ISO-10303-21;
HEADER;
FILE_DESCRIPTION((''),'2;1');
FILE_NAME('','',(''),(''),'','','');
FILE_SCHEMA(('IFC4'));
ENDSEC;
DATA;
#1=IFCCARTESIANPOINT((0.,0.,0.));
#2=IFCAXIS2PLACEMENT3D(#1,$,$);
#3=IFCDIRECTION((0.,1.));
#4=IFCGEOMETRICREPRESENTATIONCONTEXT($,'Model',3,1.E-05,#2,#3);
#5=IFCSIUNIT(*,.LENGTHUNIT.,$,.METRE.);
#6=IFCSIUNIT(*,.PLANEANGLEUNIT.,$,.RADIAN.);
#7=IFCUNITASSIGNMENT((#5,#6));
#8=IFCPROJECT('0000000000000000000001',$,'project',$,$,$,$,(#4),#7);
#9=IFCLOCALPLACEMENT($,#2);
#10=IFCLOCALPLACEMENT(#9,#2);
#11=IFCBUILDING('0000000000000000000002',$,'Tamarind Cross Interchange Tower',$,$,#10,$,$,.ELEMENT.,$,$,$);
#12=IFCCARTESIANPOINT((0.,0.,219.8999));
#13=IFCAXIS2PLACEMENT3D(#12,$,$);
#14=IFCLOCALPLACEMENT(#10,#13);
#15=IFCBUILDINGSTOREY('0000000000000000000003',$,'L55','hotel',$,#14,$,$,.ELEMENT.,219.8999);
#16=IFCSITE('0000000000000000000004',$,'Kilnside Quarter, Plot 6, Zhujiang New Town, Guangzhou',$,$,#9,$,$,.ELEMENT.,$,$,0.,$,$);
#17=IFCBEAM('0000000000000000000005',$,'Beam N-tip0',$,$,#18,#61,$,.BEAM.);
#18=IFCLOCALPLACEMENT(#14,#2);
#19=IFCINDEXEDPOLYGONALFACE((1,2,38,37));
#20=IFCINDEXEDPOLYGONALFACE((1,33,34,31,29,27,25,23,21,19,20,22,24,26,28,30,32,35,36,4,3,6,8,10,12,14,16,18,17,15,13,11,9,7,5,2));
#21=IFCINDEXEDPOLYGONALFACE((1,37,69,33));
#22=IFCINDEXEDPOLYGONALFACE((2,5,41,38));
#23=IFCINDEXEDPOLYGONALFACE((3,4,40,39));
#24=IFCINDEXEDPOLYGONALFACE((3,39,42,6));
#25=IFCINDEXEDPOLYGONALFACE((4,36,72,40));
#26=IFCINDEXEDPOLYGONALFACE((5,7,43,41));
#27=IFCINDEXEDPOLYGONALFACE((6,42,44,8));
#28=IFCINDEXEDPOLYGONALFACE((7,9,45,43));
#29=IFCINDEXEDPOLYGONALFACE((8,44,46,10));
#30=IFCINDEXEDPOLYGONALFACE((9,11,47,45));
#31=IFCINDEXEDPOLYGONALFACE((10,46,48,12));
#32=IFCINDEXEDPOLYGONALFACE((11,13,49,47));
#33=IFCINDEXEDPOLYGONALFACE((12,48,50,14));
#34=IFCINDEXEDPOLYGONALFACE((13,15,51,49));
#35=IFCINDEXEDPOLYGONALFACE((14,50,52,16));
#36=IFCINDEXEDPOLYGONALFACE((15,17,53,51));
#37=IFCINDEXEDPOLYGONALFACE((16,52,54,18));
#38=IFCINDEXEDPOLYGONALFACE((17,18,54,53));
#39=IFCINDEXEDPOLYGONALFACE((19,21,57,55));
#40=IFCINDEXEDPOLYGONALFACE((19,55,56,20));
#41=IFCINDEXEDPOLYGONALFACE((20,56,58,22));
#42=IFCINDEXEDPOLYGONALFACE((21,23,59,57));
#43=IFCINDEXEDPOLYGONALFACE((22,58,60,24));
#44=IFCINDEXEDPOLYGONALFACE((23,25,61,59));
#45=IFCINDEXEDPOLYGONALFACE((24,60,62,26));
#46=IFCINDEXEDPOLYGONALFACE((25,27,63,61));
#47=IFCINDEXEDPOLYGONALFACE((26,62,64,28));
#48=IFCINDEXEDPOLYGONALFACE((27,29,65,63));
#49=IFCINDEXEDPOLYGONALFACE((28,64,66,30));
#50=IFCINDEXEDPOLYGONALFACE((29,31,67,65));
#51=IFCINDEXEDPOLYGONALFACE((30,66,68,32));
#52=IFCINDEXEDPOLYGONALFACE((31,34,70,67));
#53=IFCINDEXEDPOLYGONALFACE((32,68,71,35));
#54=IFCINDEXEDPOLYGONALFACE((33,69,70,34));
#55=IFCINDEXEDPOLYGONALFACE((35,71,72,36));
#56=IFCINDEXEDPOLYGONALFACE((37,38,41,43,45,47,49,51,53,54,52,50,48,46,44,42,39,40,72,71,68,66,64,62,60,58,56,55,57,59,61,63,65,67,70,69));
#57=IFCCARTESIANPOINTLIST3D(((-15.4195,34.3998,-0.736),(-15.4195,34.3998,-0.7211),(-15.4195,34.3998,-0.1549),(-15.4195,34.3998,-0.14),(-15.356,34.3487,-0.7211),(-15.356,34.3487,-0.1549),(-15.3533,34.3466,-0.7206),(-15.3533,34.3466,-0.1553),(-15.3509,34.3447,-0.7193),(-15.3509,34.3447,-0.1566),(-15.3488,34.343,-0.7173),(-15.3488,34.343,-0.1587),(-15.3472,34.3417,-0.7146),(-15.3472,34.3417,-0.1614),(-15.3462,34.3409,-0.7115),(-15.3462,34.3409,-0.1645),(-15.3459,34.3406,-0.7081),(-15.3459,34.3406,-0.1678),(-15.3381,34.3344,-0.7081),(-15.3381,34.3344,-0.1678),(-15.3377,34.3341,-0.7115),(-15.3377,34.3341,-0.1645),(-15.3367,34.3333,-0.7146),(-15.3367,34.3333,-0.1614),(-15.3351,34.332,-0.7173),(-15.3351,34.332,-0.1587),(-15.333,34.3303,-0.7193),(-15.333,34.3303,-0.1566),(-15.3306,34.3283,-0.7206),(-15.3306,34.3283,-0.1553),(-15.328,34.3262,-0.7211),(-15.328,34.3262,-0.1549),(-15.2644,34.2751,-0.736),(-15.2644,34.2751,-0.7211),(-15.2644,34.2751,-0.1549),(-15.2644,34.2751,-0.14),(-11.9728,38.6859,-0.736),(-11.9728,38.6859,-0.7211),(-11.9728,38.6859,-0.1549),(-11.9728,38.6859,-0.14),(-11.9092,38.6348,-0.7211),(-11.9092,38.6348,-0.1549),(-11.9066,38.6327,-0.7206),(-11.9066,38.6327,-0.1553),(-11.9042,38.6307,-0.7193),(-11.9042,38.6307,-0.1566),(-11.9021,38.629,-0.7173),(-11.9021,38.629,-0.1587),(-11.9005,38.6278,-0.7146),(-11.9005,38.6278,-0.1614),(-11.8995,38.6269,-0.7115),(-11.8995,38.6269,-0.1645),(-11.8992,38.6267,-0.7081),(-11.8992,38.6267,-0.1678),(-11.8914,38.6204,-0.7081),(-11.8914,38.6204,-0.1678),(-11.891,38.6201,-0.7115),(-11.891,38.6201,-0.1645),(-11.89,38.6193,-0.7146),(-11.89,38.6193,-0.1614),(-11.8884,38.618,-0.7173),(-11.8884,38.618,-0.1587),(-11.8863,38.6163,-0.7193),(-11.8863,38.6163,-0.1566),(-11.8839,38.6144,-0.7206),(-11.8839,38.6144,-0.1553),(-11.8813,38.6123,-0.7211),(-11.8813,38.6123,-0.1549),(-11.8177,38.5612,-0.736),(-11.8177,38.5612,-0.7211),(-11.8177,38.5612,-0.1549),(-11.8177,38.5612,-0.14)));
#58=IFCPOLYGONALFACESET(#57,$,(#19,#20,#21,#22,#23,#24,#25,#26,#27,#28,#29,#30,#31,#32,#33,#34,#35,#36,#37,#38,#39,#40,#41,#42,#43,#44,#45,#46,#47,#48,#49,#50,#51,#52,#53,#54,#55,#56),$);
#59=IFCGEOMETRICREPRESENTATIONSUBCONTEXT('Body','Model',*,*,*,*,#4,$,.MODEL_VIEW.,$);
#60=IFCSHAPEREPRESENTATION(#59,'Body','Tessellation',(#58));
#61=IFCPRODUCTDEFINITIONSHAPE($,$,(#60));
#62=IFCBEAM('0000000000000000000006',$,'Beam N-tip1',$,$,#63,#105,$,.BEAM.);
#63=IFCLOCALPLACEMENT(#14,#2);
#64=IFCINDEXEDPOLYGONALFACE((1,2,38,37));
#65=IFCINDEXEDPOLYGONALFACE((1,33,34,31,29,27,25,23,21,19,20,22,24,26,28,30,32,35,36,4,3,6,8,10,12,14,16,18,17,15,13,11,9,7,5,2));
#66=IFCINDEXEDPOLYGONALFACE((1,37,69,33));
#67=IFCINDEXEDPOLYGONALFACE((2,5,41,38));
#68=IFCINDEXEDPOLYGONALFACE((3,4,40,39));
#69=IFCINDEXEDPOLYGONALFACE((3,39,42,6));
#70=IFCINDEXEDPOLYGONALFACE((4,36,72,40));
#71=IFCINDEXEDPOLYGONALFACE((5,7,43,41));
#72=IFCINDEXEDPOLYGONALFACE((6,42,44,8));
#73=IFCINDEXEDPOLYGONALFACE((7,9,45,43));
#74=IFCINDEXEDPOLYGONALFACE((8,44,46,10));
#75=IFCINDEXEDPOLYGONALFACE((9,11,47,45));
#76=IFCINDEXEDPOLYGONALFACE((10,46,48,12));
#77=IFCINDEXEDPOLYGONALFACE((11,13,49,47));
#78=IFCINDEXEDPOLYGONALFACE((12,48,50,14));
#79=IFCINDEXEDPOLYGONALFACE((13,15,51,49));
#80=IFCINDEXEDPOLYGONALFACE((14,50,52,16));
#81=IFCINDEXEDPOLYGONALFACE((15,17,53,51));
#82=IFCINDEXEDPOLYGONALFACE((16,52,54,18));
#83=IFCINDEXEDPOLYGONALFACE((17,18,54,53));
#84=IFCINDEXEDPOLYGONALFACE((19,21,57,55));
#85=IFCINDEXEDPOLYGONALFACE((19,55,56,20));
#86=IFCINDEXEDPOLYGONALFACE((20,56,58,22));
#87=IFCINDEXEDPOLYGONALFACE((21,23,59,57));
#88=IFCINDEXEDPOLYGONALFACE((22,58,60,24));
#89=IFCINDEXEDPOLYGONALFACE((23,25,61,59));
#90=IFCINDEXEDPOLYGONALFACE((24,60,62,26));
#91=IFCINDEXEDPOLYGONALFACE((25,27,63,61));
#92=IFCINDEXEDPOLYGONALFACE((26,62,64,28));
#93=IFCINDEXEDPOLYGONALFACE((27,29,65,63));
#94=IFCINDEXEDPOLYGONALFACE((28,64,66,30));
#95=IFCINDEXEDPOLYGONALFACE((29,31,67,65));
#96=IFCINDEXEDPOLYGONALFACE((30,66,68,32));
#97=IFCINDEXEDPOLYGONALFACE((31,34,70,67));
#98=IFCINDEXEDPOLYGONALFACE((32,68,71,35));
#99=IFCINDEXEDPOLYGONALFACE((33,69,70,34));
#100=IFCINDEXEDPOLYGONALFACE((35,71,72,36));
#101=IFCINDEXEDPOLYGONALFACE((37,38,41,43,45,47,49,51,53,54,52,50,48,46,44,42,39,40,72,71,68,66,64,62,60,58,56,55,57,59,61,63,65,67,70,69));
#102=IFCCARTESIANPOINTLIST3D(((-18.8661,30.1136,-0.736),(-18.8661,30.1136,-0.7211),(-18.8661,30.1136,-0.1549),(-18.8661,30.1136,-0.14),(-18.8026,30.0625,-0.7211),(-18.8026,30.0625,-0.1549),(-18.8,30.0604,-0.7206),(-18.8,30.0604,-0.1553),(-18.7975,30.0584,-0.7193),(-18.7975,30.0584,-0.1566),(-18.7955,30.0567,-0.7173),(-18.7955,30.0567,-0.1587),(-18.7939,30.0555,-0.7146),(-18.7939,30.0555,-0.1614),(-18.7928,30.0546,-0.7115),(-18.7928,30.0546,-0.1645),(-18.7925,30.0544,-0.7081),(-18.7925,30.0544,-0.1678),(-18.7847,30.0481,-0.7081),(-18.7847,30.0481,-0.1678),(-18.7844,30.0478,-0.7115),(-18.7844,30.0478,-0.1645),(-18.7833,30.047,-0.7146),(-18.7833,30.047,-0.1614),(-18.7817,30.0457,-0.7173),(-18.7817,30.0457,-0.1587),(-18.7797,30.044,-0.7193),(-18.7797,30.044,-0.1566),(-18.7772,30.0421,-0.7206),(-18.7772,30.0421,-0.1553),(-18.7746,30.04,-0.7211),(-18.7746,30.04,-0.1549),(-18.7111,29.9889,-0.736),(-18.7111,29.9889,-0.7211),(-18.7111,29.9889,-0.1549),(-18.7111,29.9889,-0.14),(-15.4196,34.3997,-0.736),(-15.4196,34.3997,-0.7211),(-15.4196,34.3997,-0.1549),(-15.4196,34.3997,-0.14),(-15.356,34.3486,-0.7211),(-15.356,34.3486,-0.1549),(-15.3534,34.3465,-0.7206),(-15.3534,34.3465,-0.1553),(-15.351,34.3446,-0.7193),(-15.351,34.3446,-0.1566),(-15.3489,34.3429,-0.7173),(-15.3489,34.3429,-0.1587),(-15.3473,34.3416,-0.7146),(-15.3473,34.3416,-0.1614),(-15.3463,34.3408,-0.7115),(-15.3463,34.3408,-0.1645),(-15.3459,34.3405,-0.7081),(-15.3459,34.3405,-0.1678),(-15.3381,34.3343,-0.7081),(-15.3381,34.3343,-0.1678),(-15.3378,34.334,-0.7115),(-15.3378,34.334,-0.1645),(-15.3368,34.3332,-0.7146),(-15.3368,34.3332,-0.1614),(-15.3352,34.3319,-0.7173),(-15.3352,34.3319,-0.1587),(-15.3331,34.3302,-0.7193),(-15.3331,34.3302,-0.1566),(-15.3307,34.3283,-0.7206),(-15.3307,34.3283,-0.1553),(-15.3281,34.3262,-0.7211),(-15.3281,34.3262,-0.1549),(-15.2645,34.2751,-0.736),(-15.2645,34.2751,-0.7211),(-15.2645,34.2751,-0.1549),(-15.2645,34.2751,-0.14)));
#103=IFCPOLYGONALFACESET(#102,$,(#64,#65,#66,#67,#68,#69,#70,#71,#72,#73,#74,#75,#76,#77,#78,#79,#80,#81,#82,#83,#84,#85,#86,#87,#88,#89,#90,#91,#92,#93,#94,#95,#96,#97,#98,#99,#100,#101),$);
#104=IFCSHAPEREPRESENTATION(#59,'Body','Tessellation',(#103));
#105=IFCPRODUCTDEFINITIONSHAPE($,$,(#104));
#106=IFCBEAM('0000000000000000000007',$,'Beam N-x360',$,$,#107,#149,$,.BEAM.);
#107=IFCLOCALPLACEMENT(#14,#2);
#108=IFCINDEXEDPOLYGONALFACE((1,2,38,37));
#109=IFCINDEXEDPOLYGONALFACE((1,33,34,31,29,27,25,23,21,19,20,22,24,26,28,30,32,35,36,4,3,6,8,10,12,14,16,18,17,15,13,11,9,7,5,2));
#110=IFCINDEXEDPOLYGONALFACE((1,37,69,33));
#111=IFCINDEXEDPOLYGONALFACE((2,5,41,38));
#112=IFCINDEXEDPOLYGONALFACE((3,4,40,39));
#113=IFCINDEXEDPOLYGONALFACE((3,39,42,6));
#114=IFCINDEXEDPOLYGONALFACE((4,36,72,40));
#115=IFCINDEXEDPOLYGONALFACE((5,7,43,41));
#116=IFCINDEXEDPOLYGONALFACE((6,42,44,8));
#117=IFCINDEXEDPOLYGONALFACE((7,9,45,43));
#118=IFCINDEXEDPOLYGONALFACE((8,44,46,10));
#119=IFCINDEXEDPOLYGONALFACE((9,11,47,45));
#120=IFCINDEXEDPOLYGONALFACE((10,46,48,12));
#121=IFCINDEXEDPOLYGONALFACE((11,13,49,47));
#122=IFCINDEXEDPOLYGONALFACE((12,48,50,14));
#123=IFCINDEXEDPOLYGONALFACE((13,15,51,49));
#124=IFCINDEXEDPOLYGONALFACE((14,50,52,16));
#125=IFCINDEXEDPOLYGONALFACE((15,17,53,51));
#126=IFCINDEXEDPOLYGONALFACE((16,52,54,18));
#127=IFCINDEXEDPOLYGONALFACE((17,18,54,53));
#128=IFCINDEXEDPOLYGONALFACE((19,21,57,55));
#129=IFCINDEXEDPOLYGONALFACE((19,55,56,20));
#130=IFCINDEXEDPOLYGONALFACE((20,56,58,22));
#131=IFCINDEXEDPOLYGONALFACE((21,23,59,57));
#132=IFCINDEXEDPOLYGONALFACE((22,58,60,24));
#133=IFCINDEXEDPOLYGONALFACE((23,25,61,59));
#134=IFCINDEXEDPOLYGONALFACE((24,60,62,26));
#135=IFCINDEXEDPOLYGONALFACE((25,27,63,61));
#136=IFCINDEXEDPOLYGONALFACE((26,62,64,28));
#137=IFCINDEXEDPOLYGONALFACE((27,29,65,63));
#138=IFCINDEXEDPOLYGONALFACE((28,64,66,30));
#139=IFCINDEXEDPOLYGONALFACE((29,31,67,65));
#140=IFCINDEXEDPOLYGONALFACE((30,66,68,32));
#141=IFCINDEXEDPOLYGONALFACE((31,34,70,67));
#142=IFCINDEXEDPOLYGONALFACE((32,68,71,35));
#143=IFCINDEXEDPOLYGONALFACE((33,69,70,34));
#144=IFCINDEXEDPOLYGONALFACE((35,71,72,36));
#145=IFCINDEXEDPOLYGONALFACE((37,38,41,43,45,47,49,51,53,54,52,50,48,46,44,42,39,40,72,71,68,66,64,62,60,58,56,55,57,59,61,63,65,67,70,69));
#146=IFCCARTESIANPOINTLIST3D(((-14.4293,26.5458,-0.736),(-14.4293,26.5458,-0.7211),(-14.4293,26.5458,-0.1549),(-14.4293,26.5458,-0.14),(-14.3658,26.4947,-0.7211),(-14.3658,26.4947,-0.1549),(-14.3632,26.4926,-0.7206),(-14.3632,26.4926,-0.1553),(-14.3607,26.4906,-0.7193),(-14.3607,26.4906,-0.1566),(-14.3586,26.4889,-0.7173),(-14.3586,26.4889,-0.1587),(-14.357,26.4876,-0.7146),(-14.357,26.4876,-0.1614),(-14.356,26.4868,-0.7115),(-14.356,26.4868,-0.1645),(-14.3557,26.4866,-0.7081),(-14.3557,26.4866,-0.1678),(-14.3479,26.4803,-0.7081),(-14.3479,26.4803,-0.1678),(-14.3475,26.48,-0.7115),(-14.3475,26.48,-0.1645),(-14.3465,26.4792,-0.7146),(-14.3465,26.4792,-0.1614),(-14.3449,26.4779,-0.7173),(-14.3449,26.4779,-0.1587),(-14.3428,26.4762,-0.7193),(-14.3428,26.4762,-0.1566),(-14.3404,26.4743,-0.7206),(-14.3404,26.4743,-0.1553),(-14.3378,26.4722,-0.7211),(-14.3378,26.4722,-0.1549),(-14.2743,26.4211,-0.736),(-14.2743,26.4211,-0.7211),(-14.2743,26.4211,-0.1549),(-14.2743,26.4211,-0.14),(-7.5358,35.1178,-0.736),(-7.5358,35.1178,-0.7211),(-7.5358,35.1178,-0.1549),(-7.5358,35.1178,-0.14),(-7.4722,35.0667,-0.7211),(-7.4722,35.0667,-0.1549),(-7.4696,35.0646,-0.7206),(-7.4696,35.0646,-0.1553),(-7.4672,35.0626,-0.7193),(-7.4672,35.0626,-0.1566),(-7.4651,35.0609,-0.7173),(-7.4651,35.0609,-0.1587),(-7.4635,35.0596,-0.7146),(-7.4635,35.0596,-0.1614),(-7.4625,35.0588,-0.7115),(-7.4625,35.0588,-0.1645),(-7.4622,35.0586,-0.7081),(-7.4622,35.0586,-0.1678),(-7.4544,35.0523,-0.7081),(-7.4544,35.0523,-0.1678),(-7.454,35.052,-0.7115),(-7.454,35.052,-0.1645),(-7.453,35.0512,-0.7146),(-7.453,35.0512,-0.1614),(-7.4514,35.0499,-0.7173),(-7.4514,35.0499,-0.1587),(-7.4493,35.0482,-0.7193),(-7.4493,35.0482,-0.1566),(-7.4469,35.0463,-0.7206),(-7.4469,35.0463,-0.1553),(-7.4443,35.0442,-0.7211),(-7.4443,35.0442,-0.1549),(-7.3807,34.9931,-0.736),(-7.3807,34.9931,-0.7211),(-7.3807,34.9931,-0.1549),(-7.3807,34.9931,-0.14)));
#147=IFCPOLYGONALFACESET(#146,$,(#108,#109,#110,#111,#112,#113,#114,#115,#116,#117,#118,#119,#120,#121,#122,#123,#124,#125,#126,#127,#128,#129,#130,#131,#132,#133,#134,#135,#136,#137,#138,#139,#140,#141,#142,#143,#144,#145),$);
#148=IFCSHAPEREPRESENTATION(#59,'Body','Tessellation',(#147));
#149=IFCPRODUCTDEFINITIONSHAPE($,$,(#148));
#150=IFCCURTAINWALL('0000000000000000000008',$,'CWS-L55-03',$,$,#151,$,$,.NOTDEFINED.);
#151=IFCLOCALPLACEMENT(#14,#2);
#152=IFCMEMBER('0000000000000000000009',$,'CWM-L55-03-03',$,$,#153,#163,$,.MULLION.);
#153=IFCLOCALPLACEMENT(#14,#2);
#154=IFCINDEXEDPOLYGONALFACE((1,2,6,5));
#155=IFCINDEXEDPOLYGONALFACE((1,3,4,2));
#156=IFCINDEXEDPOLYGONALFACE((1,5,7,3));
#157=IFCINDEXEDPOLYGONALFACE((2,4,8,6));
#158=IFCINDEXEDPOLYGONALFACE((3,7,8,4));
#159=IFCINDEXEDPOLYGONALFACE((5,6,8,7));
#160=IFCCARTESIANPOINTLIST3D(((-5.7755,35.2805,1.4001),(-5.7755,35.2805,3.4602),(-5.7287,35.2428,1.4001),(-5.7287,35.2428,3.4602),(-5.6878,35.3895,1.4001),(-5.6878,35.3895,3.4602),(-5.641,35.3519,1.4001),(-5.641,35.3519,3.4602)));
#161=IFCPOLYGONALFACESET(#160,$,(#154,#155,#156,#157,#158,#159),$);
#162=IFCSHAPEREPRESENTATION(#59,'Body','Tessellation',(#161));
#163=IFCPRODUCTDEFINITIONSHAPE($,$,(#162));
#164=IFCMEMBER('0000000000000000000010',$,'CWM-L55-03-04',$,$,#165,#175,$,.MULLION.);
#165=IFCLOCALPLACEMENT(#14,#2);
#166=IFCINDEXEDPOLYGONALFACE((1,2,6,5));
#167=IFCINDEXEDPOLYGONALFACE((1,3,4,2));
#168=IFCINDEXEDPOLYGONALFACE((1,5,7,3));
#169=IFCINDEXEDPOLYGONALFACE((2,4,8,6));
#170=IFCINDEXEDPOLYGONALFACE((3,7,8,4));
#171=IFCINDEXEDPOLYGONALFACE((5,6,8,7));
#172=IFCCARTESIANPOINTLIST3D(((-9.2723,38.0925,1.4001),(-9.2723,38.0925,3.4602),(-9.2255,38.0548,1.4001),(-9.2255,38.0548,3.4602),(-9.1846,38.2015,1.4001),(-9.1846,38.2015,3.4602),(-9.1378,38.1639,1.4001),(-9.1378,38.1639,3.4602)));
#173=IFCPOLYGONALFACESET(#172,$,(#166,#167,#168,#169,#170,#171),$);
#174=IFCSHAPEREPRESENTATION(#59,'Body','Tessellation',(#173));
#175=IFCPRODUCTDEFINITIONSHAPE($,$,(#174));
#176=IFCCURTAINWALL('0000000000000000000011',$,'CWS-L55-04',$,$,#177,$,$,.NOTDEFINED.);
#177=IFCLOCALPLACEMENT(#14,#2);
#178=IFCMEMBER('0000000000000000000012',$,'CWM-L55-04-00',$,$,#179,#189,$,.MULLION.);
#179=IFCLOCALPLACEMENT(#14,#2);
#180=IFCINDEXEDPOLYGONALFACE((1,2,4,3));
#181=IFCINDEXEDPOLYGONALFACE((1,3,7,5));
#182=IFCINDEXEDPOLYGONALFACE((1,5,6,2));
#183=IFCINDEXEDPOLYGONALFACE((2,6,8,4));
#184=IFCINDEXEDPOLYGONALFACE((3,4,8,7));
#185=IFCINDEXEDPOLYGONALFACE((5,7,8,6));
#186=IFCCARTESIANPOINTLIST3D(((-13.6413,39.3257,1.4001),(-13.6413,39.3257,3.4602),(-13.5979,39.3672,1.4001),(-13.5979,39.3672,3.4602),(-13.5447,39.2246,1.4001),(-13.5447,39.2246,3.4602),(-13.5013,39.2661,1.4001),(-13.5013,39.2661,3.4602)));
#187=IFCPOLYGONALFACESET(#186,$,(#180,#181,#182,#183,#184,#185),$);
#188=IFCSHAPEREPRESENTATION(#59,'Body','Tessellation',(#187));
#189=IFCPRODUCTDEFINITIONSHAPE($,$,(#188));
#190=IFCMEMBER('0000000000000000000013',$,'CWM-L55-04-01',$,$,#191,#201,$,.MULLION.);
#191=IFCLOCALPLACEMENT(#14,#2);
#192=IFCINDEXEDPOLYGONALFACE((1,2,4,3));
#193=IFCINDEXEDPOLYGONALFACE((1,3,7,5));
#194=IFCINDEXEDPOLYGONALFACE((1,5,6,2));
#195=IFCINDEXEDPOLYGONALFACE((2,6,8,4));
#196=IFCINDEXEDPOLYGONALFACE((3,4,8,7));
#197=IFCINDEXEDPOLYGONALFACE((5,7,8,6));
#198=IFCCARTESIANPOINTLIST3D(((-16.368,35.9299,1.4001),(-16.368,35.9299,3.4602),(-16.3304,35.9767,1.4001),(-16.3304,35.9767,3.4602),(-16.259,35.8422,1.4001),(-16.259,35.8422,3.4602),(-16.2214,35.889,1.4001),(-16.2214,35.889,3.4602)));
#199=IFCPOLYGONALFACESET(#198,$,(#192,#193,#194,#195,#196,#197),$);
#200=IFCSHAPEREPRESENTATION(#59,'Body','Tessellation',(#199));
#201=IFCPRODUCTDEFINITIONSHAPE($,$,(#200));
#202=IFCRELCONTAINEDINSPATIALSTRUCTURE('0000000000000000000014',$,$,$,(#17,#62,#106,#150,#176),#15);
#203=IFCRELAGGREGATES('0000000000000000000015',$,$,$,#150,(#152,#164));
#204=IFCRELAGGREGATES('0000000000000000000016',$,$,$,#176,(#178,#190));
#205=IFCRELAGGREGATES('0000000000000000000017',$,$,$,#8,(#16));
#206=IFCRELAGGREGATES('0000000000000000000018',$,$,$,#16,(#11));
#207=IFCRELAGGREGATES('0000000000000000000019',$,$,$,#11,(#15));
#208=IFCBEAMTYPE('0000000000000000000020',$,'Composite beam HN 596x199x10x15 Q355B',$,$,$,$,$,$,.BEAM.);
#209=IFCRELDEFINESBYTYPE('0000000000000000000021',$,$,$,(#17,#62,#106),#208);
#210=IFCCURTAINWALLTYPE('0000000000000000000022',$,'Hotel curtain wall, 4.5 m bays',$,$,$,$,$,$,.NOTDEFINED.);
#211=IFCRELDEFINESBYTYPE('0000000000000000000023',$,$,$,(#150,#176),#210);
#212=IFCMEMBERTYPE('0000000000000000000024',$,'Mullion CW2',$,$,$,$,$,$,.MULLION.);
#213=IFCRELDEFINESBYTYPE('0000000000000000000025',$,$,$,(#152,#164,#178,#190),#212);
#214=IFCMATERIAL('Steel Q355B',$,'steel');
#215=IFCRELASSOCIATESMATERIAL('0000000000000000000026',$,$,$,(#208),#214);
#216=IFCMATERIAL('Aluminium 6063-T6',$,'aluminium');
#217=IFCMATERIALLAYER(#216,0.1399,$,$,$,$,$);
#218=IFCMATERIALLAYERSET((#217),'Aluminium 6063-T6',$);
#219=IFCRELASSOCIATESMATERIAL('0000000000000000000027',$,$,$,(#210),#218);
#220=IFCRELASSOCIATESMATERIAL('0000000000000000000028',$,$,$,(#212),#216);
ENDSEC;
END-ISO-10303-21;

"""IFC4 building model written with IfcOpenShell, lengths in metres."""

from ifc_helpers import new_model, si_unit, direction, frame, origin, origin_2d, place, context, subcontext, project, spatial, rectangle, i_section, extrude, material, layer, layer_set, material_profile, profile_set, type_object, element, aggregate, save


model = new_model("IFC4")

# Units and contexts
model_context = context("Model", 3, precision=1e-05, world=origin(), true_north=direction((0.0, 1.0)))
body_context = subcontext(model_context, "Body", "Model", "MODEL_VIEW")
ifc_project = project(units=[si_unit("LENGTHUNIT", "METRE"), si_unit("PLANEANGLEUNIT", "RADIAN")], contexts=[model_context])

# Site, building, storey
site_placement = place(None, origin())
site = spatial("IfcSite", under=ifc_project, at=site_placement, Name="Kilnside Quarter, Plot 6, Zhujiang New Town, Guangzhou", CompositionType="ELEMENT", RefElevation=0.0)
building_placement = place(site_placement, origin())
building = spatial("IfcBuilding", under=site, at=building_placement, Name="Tamarind Cross Interchange Tower", CompositionType="ELEMENT")
storey_placement = place(building_placement, frame((0.0, 0.0, 219.8999)))
storey = spatial("IfcBuildingStorey", under=building, at=storey_placement, Name="L55", Description="hotel", CompositionType="ELEMENT", Elevation=219.8999)

# Beams
ifc_material_1 = material(Name="Steel Q355B", Category="steel")
ifc_material_profile_1 = material_profile(ifc_material_1, i_section(OverallWidth=0.199, OverallDepth=0.5959, WebThickness=0.01, FlangeThickness=0.0149, FilletRadius=0.0129, at=origin_2d()), Name="HN 596x199x10x15")
ifc_profile_set_1 = profile_set([ifc_material_profile_1], Name="Steel Q355B")
beam_type_1 = type_object("IfcBeamType", Name="Composite beam HN 596x199x10x15 Q355B", PredefinedType="BEAM", material=ifc_profile_set_1)
for number, where, z_axis, x_axis, name in (
    (1, (-11.8953, 38.6235, -0.438), (-0.626674, -0.779281, 0.0), (0.779281, -0.626674, 0.0), "Beam N-tip0"),
    (2, (-15.342, 34.3374, -0.438), (-0.626647, -0.779303, 0.0), (0.779303, -0.626647, 0.0), "Beam N-tip1"),
):
    element("IfcBeam", number, at=place(storey_placement, frame(where, z_axis=z_axis, x_axis=x_axis)), inside=storey, type_object=beam_type_1, Name=name, PredefinedType="BEAM", context=body_context, shape_type="SweptSolid", body=[
        extrude(i_section(OverallWidth=0.199, OverallDepth=0.5959, WebThickness=0.01, FlangeThickness=0.0149, FilletRadius=0.0129, at=origin_2d()), origin(), (0.0, 0.0, 1.0), 5.5),
    ])
beam_1_placement = place(storey_placement, frame((-7.4583, 35.0554, -0.438), z_axis=(-0.626685, -0.779273, 0.0), x_axis=(0.779273, -0.626685, 0.0)))
element("IfcBeam", 3, at=beam_1_placement, inside=storey, type_object=beam_type_1, Name="Beam N-x360", PredefinedType="BEAM", context=body_context, shape_type="SweptSolid", body=[
    extrude(i_section(OverallWidth=0.199, OverallDepth=0.5959, WebThickness=0.01, FlangeThickness=0.0149, FilletRadius=0.0129, at=origin_2d()), origin(), (0.0, 0.0, 1.0), 11.0),
])

# Curtain walls, members
ifc_material_2 = material(Name="Aluminium 6063-T6", Category="aluminium")
ifc_layer_1 = layer(ifc_material_2, 0.1399)
ifc_layer_set_1 = layer_set([ifc_layer_1], Name="Aluminium 6063-T6")
curtain_wall_type_1 = type_object("IfcCurtainWallType", Name="Hotel curtain wall, 4.5 m bays", PredefinedType="NOTDEFINED", material=ifc_layer_set_1)
curtain_wall_1_placement = place(storey_placement, origin())
curtain_wall_1 = element("IfcCurtainWall", 4, at=curtain_wall_1_placement, inside=storey, type_object=curtain_wall_type_1, Name="CWS-L55-03", PredefinedType="NOTDEFINED")
ifc_material_profile_2 = material_profile(ifc_material_2, rectangle(XDim=0.0601, YDim=0.1399, at=origin_2d()), Name="Mullion CW2")
ifc_profile_set_2 = profile_set([ifc_material_profile_2], Name="Aluminium 6063-T6")
member_type_1 = type_object("IfcMemberType", Name="Mullion CW2", PredefinedType="MULLION", material=ifc_profile_set_2)
member_1_placement = place(storey_placement, frame((-5.7083, 35.3162, 1.4001), z_axis=(0.0, 0.0, 1.0), x_axis=(-0.779285, 0.626669, 0.0)))
member_1 = element("IfcMember", 5, at=member_1_placement, type_object=member_type_1, Name="CWM-L55-03-03", PredefinedType="MULLION", context=body_context, shape_type="SweptSolid", body=[
    extrude(rectangle(XDim=0.0601, YDim=0.1399, at=origin_2d()), origin(), (0.0, 0.0, 1.0), 2.0601),
])
member_2_placement = place(storey_placement, frame((-9.2051, 38.1282, 1.4001), z_axis=(0.0, 0.0, 1.0), x_axis=(-0.779285, 0.626669, 0.0)))
member_2 = element("IfcMember", 6, at=member_2_placement, type_object=member_type_1, Name="CWM-L55-03-04", PredefinedType="MULLION", context=body_context, shape_type="SweptSolid", body=[
    extrude(rectangle(XDim=0.0601, YDim=0.1399, at=origin_2d()), origin(), (0.0, 0.0, 1.0), 2.0601),
])
aggregate(curtain_wall_1, [member_1, member_2])
curtain_wall_2_placement = place(storey_placement, origin())
curtain_wall_2 = element("IfcCurtainWall", 7, at=curtain_wall_2_placement, inside=storey, type_object=curtain_wall_type_1, Name="CWS-L55-04", PredefinedType="NOTDEFINED")
member_3_placement = place(storey_placement, frame((-13.5713, 39.2959, 1.4001), z_axis=(0.0, 0.0, 1.0), x_axis=(-0.723025, -0.690822, 0.0)))
member_3 = element("IfcMember", 8, at=member_3_placement, type_object=member_type_1, Name="CWM-L55-04-00", PredefinedType="MULLION", context=body_context, shape_type="SweptSolid", body=[
    extrude(rectangle(XDim=0.0601, YDim=0.1399, at=origin_2d()), origin(), (0.0, 0.0, 1.0), 2.0601),
])
member_4_placement = place(storey_placement, frame((-16.2947, 35.9094, 1.4001), z_axis=(0.0, 0.0, 1.0), x_axis=(-0.626669, -0.779285, 0.0)))
member_4 = element("IfcMember", 9, at=member_4_placement, type_object=member_type_1, Name="CWM-L55-04-01", PredefinedType="MULLION", context=body_context, shape_type="SweptSolid", body=[
    extrude(rectangle(XDim=0.0601, YDim=0.1399, at=origin_2d()), origin(), (0.0, 0.0, 1.0), 2.0601),
])
aggregate(curtain_wall_2, [member_3, member_4])

save(model, "model.ifc")
